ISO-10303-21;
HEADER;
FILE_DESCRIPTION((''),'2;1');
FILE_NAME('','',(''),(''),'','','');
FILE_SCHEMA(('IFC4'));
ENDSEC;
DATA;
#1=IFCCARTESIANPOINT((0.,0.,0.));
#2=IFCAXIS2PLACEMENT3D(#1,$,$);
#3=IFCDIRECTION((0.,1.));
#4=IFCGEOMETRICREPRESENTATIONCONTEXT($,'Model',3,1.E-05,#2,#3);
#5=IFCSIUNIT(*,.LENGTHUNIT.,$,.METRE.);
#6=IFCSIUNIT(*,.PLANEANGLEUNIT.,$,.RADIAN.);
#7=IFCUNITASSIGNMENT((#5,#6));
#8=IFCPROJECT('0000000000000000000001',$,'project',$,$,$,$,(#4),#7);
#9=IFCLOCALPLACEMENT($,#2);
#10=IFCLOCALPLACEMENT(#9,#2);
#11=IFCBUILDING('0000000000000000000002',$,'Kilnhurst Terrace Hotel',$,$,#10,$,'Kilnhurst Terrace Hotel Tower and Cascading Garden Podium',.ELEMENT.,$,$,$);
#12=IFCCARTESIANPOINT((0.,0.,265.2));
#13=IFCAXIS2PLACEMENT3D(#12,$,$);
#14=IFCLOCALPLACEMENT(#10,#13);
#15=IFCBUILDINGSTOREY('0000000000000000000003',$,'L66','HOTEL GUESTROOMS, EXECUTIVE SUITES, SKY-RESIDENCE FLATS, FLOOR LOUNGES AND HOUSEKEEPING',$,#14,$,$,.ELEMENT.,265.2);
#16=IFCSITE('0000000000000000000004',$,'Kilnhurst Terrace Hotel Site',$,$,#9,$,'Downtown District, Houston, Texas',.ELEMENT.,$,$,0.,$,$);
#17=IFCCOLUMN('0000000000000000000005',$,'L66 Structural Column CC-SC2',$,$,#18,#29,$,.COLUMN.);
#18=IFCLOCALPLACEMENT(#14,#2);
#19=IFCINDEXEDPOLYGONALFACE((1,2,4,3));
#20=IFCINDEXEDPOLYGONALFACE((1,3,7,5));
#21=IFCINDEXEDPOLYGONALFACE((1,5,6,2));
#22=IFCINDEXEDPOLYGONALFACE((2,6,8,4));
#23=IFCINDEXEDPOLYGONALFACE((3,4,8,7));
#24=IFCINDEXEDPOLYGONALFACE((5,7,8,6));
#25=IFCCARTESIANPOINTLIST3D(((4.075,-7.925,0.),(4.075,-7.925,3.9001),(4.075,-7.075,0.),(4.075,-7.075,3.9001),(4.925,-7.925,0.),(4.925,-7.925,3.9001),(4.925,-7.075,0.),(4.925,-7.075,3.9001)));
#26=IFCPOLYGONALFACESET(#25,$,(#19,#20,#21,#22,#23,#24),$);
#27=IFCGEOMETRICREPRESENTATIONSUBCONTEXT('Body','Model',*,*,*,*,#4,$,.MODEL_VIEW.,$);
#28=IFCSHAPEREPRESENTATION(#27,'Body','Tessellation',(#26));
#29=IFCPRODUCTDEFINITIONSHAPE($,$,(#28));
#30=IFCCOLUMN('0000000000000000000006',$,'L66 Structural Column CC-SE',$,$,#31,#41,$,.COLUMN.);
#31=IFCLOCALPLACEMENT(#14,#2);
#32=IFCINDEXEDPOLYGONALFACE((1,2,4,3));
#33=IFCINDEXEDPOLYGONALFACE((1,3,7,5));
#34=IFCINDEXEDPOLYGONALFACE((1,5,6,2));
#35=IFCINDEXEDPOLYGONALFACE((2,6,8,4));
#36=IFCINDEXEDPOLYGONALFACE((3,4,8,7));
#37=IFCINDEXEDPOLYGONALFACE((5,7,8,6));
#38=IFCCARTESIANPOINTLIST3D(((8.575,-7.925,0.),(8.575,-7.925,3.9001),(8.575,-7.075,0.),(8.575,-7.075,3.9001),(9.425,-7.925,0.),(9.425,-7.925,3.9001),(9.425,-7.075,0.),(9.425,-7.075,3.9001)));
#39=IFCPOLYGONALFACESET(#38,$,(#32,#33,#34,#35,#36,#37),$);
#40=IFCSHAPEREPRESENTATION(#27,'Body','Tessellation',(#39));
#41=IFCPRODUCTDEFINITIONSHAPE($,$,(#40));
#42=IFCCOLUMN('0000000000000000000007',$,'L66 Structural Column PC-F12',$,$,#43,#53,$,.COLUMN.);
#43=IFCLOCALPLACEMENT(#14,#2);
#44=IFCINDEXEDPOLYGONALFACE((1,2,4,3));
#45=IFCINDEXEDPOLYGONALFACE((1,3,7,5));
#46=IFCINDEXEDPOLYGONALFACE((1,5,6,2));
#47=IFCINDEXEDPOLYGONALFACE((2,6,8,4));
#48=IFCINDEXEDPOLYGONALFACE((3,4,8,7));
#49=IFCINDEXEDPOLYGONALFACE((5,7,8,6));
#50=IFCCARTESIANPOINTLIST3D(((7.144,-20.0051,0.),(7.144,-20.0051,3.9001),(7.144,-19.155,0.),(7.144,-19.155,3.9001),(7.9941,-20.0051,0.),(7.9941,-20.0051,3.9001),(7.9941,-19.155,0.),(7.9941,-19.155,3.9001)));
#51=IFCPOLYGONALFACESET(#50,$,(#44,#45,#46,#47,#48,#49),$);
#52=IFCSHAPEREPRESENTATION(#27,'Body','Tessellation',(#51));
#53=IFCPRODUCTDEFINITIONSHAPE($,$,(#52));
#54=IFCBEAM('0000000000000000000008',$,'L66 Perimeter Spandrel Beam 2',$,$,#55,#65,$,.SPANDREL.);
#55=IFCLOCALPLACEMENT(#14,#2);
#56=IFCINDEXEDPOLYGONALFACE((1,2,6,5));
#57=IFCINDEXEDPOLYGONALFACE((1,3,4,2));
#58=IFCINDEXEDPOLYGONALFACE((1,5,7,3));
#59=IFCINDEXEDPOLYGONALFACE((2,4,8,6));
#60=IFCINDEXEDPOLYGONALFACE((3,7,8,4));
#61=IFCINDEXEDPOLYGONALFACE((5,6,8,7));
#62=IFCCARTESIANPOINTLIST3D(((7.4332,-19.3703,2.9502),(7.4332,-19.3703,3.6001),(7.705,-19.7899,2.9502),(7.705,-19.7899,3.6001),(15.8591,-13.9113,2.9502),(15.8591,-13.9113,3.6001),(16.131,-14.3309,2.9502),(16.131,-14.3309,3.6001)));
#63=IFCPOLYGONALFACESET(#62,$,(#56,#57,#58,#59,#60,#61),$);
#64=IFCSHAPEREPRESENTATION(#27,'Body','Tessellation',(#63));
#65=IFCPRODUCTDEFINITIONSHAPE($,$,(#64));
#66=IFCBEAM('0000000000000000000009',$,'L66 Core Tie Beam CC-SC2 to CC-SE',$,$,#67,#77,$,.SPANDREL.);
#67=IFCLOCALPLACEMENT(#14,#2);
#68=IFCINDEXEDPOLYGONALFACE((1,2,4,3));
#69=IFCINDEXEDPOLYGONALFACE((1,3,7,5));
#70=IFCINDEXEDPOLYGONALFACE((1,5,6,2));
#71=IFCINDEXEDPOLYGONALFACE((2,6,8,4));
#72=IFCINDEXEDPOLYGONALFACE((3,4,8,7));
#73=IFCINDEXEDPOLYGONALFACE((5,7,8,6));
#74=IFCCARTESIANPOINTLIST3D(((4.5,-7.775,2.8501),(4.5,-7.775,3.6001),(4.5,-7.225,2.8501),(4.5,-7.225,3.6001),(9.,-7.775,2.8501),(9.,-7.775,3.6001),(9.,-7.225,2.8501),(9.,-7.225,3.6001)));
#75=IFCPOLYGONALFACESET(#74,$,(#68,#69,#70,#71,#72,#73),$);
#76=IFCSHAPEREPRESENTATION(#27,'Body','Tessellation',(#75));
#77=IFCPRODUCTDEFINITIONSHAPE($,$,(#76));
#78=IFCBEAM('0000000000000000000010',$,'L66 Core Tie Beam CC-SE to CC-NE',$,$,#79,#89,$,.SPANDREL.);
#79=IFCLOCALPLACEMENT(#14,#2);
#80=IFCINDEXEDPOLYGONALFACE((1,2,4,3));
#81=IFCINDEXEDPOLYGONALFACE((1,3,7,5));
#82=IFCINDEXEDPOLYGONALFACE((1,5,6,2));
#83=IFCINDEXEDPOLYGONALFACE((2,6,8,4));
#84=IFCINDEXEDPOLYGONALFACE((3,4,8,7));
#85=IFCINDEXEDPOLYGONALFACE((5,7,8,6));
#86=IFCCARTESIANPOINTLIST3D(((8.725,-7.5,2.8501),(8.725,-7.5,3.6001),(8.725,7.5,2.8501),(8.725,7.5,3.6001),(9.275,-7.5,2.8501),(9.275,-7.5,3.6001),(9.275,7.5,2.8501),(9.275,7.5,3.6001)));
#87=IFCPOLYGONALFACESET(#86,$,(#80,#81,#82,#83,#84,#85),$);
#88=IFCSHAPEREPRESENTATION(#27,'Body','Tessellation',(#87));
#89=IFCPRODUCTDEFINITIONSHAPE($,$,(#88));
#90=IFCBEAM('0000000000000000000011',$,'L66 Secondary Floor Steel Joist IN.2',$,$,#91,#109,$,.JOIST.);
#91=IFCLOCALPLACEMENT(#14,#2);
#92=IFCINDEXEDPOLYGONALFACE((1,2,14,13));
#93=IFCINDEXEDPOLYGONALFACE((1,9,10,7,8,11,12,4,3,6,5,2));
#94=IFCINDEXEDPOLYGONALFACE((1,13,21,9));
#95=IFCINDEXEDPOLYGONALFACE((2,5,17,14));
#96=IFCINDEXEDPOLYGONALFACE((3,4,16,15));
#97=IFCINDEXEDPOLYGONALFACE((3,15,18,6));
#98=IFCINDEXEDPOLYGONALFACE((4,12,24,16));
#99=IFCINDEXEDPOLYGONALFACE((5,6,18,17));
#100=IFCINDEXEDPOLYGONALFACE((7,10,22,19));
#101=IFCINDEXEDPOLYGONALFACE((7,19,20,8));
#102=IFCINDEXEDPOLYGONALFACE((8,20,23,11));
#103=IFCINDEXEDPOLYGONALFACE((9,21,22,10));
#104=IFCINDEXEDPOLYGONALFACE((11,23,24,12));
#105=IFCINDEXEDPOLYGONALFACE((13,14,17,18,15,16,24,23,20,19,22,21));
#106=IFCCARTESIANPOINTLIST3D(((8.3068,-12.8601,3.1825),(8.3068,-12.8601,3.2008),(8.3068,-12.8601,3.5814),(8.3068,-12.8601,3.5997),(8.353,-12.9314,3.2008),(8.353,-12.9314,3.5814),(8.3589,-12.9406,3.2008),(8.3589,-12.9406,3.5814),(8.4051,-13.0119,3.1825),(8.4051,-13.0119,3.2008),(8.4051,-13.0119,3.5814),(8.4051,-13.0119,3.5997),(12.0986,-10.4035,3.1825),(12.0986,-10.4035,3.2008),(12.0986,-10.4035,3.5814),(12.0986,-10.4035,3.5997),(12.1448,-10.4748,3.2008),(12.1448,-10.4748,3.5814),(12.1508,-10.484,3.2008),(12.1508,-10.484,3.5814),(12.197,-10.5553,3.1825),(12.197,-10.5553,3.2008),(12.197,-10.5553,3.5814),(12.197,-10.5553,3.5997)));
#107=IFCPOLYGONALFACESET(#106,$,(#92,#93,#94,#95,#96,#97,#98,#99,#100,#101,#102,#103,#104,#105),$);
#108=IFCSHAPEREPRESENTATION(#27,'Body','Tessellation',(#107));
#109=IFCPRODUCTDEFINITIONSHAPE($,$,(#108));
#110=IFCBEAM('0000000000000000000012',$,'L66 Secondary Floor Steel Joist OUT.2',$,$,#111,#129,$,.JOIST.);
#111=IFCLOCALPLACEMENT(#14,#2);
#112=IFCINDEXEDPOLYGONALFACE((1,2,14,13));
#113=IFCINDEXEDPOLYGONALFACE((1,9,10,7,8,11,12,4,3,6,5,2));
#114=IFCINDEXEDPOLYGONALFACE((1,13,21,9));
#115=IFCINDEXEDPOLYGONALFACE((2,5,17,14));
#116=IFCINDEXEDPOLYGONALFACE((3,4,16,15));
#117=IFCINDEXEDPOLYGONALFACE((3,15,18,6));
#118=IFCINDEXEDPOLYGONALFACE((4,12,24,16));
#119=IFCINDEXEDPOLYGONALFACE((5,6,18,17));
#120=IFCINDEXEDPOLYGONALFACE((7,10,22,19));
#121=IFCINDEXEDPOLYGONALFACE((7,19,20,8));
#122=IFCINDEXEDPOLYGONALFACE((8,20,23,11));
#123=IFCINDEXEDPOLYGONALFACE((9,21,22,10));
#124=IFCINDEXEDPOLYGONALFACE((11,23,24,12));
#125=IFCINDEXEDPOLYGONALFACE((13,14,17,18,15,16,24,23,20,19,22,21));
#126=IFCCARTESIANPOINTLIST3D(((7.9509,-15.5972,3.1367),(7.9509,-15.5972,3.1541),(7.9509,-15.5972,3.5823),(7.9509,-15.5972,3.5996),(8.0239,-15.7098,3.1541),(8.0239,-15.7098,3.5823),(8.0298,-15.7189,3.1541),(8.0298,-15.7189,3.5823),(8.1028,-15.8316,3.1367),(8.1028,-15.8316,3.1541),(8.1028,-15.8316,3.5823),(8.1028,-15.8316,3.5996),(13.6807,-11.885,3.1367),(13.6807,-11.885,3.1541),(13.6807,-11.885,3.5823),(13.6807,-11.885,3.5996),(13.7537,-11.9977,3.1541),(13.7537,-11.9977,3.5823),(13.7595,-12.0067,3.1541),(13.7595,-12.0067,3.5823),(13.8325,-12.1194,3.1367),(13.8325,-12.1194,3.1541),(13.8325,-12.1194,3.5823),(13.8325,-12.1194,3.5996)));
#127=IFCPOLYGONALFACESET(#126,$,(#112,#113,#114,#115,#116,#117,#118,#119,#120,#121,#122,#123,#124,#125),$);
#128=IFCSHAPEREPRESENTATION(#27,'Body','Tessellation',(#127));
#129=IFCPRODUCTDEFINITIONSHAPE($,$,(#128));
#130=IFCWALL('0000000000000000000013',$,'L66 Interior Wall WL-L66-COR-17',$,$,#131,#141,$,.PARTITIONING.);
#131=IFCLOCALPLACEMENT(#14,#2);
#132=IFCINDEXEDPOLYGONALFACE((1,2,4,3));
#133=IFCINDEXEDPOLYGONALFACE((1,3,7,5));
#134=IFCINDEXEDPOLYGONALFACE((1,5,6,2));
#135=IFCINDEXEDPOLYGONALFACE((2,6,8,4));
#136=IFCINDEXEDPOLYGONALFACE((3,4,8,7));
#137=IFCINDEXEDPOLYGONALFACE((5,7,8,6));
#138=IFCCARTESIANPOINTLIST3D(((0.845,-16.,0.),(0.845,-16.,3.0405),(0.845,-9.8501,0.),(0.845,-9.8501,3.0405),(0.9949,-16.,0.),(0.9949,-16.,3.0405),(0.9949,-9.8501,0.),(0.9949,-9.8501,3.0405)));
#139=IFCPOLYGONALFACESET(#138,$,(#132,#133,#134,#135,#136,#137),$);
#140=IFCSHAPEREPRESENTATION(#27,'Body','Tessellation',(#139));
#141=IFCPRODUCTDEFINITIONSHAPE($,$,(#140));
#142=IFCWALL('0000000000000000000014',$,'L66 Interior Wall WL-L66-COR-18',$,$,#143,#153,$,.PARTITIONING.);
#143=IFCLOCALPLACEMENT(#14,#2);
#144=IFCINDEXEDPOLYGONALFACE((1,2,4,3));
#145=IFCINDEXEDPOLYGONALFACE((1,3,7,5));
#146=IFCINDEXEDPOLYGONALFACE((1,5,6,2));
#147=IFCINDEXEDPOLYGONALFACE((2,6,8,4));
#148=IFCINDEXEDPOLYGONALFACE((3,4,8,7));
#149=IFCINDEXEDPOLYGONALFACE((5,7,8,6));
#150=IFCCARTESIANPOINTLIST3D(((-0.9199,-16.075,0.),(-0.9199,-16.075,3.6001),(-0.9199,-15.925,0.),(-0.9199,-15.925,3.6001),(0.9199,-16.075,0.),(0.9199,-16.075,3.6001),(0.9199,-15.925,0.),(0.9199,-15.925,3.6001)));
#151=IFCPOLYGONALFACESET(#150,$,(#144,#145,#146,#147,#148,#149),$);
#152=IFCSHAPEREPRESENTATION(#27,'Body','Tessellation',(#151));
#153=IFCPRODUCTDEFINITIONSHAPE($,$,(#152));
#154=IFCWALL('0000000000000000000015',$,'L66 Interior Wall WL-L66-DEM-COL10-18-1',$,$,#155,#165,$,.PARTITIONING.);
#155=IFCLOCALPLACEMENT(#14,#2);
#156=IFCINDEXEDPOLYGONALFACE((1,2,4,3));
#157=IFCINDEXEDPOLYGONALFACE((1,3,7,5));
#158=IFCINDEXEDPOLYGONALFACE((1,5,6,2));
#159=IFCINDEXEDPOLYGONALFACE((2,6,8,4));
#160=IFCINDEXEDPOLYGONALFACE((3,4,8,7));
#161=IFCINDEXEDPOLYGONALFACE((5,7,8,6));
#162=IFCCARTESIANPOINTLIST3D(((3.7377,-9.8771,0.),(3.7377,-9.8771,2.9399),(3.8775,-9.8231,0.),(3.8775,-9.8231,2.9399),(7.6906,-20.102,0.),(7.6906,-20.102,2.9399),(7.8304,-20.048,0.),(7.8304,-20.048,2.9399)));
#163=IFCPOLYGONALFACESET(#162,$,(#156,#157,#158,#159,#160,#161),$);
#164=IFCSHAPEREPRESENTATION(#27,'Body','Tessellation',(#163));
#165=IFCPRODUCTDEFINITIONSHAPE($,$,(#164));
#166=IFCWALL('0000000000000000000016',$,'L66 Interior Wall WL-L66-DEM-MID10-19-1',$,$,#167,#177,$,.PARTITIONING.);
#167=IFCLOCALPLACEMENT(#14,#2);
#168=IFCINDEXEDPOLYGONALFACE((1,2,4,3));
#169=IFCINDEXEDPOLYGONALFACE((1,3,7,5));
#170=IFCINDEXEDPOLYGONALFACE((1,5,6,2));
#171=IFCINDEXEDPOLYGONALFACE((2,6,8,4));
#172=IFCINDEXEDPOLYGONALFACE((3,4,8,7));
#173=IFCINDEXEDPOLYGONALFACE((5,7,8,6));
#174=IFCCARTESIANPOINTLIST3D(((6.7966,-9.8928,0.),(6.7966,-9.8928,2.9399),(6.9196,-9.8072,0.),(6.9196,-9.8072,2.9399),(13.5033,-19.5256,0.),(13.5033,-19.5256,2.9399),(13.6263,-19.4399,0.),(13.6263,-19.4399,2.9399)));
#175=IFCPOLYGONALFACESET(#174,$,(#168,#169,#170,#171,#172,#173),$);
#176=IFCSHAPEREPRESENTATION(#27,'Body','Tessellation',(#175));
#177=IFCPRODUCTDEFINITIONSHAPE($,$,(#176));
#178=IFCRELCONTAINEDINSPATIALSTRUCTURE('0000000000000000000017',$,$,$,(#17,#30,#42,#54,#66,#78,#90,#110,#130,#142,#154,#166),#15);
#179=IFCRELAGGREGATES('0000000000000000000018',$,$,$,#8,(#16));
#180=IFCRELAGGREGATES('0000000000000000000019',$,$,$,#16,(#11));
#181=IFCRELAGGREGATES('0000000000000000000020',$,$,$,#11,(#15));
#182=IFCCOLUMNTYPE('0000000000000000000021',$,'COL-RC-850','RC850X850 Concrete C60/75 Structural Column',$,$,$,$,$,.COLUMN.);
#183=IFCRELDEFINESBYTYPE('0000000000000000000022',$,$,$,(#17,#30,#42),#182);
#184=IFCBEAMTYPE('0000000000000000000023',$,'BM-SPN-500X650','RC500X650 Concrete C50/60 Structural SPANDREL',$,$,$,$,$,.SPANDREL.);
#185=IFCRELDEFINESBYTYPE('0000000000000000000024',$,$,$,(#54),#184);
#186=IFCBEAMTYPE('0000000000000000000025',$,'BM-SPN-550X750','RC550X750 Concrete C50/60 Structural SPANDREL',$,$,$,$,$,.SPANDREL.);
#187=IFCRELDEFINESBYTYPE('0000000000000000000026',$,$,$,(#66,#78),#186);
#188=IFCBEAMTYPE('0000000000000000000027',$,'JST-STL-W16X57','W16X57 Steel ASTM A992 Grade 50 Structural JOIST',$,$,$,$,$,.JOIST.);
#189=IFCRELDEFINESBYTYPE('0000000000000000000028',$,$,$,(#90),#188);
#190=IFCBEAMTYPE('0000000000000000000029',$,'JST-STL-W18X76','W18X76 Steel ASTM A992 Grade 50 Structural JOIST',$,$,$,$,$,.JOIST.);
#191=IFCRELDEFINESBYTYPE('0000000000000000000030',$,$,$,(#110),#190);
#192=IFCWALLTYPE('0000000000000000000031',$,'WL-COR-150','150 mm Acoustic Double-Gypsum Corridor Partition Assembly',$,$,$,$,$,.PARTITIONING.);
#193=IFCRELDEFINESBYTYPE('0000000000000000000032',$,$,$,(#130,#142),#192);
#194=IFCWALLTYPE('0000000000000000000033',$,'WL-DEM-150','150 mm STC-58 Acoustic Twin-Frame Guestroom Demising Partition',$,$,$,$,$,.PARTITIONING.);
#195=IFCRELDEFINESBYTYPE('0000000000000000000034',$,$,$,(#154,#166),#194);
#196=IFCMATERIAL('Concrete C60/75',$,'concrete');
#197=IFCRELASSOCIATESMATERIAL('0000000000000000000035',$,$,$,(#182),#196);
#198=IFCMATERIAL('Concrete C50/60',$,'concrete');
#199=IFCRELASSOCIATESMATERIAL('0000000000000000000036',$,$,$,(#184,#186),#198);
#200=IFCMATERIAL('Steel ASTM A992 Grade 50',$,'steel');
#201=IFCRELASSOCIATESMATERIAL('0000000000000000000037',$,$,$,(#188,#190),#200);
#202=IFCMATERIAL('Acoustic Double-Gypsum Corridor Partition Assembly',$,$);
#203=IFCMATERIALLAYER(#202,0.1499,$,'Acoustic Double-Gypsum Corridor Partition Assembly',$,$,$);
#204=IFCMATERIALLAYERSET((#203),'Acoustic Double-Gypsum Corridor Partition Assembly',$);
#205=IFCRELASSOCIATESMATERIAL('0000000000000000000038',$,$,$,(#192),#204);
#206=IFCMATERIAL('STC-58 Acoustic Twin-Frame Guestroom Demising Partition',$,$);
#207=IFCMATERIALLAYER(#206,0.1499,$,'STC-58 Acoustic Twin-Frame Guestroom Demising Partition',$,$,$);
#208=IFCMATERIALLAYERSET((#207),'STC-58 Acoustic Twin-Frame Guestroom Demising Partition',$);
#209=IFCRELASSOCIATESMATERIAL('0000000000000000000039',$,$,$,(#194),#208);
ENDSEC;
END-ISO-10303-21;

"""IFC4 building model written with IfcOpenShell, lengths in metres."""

from ifc_helpers import new_model, si_unit, direction, frame, frame_2d, origin, origin_2d, place, context, subcontext, project, spatial, rectangle, i_section, extrude, material, layer, layer_set, material_profile, profile_set, type_object, element, save


model = new_model("IFC4")

# Units and contexts
model_context = context("Model", 3, precision=1e-05, world=origin(), true_north=direction((0.0, 1.0)))
body_context = subcontext(model_context, "Body", "Model", "MODEL_VIEW")
ifc_project = project(units=[si_unit("LENGTHUNIT", "METRE"), si_unit("PLANEANGLEUNIT", "RADIAN")], contexts=[model_context])

# Site, building, storey
site_placement = place(None, origin())
site = spatial("IfcSite", under=ifc_project, at=site_placement, Name="Kilnhurst Terrace Hotel Site", LongName="Downtown District, Houston, Texas", CompositionType="ELEMENT", RefElevation=0.0)
building_placement = place(site_placement, origin())
building = spatial("IfcBuilding", under=site, at=building_placement, Name="Kilnhurst Terrace Hotel", LongName="Kilnhurst Terrace Hotel Tower and Cascading Garden Podium", CompositionType="ELEMENT")
storey_placement = place(building_placement, frame((0.0, 0.0, 265.2)))
storey = spatial("IfcBuildingStorey", under=building, at=storey_placement, Name="L66", Description="HOTEL GUESTROOMS, EXECUTIVE SUITES, SKY-RESIDENCE FLATS, FLOOR LOUNGES AND HOUSEKEEPING", CompositionType="ELEMENT", Elevation=265.2)

# Columns
ifc_material_1 = material(Name="Concrete C60/75", Category="concrete")
ifc_material_profile_1 = material_profile(ifc_material_1, rectangle(XDim=0.8501, YDim=0.8501, at=origin_2d()), Name="RC850X850")
ifc_profile_set_1 = profile_set([ifc_material_profile_1], Name="Concrete C60/75")
column_type = type_object("IfcColumnType", Name="COL-RC-850", Description="RC850X850 Concrete C60/75 Structural Column", PredefinedType="COLUMN", material=ifc_profile_set_1)
for number, where, z_axis, x_axis, name in (
    (1, (4.5, -7.5, 0.0), (0.0, 0.0, 1.0), (1.0, 0.0, 0.0), "L66 Structural Column CC-SC2"),
    (2, (9.0, -7.5, 0.0), (0.0, 0.0, 1.0), (1.0, 0.0, 0.0), "L66 Structural Column CC-SE"),
    (3, (7.5691, -19.5801, 0.0), (0.0, 0.0, 1.0), (1.0, 0.0, 0.0), "L66 Structural Column PC-F12"),
):
    element("IfcColumn", number, at=place(storey_placement, frame(where, z_axis=z_axis, x_axis=x_axis)), inside=storey, type_object=column_type, Name=name, PredefinedType="COLUMN", context=body_context, shape_type="SweptSolid", body=[
        extrude(rectangle(XDim=0.8501, YDim=0.8501, at=origin_2d()), origin(), (0.0, 0.0, 1.0), 3.9001),
    ])

# Beams
ifc_material_2 = material(Name="Concrete C50/60", Category="concrete")
ifc_material_profile_2 = material_profile(ifc_material_2, rectangle(XDim=0.5, YDim=0.6499, at=origin_2d()), Name="RC500X650")
ifc_profile_set_2 = profile_set([ifc_material_profile_2], Name="Concrete C50/60")
beam_type_1 = type_object("IfcBeamType", Name="BM-SPN-500X650", Description="RC500X650 Concrete C50/60 Structural SPANDREL", PredefinedType="SPANDREL", material=ifc_profile_set_2)
beam_1_placement = place(storey_placement, frame((7.5691, -19.5801, 3.2751), z_axis=(0.839259, 0.543732, 0.0), x_axis=(-0.543732, 0.839259, 0.0)))
element("IfcBeam", 4, at=beam_1_placement, inside=storey, type_object=beam_type_1, Name="L66 Perimeter Spandrel Beam 2", PredefinedType="SPANDREL", context=body_context, shape_type="SweptSolid", body=[
    extrude(rectangle(XDim=0.5, YDim=0.6499, at=origin_2d()), origin(), (0.0, 0.0, 1.0), 10.0398),
])
ifc_material_profile_3 = material_profile(ifc_material_2, rectangle(XDim=0.55, YDim=0.75, at=origin_2d()), Name="RC550X750")
ifc_profile_set_3 = profile_set([ifc_material_profile_3], Name="Concrete C50/60")
beam_type_2 = type_object("IfcBeamType", Name="BM-SPN-550X750", Description="RC550X750 Concrete C50/60 Structural SPANDREL", PredefinedType="SPANDREL", material=ifc_profile_set_3)
beam_2_placement = place(storey_placement, frame((4.5, -7.5, 3.2251), z_axis=(1.0, 0.0, 0.0), x_axis=(0.0, 1.0, 0.0)))
element("IfcBeam", 5, at=beam_2_placement, inside=storey, type_object=beam_type_2, Name="L66 Core Tie Beam CC-SC2 to CC-SE", PredefinedType="SPANDREL", context=body_context, shape_type="SweptSolid", body=[
    extrude(rectangle(XDim=0.55, YDim=0.75, at=origin_2d()), origin(), (0.0, 0.0, 1.0), 4.5),
])
beam_3_placement = place(storey_placement, frame((9.0, -7.5, 3.2251), z_axis=(0.0, 1.0, 0.0), x_axis=(-1.0, 0.0, 0.0)))
element("IfcBeam", 6, at=beam_3_placement, inside=storey, type_object=beam_type_2, Name="L66 Core Tie Beam CC-SE to CC-NE", PredefinedType="SPANDREL", context=body_context, shape_type="SweptSolid", body=[
    extrude(rectangle(XDim=0.55, YDim=0.75, at=origin_2d()), origin(), (0.0, 0.0, 1.0), 15.0),
])
ifc_material_3 = material(Name="Steel ASTM A992 Grade 50", Category="steel")
ifc_material_profile_4 = material_profile(ifc_material_3, i_section(OverallWidth=0.1809, OverallDepth=0.4172, WebThickness=0.011, FlangeThickness=0.0183, at=origin_2d()), Name="W16X57")
ifc_profile_set_4 = profile_set([ifc_material_profile_4], Name="Steel ASTM A992 Grade 50")
beam_type_3 = type_object("IfcBeamType", Name="JST-STL-W16X57", Description="W16X57 Steel ASTM A992 Grade 50 Structural JOIST", PredefinedType="JOIST", material=ifc_profile_set_4)
beam_4_placement = place(storey_placement, frame((8.356, -12.936, 3.3911), z_axis=(0.839261, 0.543728, 0.0), x_axis=(-0.543728, 0.839261, 0.0)))
element("IfcBeam", 7, at=beam_4_placement, inside=storey, type_object=beam_type_3, Name="L66 Secondary Floor Steel Joist IN.2", PredefinedType="JOIST", context=body_context, shape_type="SweptSolid", body=[
    extrude(i_section(OverallWidth=0.1809, OverallDepth=0.4172, WebThickness=0.011, FlangeThickness=0.0183, at=origin_2d()), origin(), (0.0, 0.0, 1.0), 4.5181),
])
ifc_material_profile_5 = material_profile(ifc_material_3, i_section(OverallWidth=0.2793, OverallDepth=0.4629, WebThickness=0.0107, FlangeThickness=0.0173, at=origin_2d()), Name="W18X76")
ifc_profile_set_5 = profile_set([ifc_material_profile_5], Name="Steel ASTM A992 Grade 50")
beam_type_4 = type_object("IfcBeamType", Name="JST-STL-W18X76", Description="W18X76 Steel ASTM A992 Grade 50 Structural JOIST", PredefinedType="JOIST", material=ifc_profile_set_5)
beam_5_placement = place(storey_placement, frame((8.0269, -15.7144, 3.3682), z_axis=(0.839257, 0.543735, 0.0), x_axis=(-0.543735, 0.839257, 0.0)))
element("IfcBeam", 8, at=beam_5_placement, inside=storey, type_object=beam_type_4, Name="L66 Secondary Floor Steel Joist OUT.2", PredefinedType="JOIST", context=body_context, shape_type="SweptSolid", body=[
    extrude(i_section(OverallWidth=0.2793, OverallDepth=0.4629, WebThickness=0.0107, FlangeThickness=0.0173, at=origin_2d()), origin(), (0.0, 0.0, 1.0), 6.8271),
])

# Walls
ifc_material_4 = material(Name="Acoustic Double-Gypsum Corridor Partition Assembly")
ifc_layer_1 = layer(ifc_material_4, 0.1499, Name="Acoustic Double-Gypsum Corridor Partition Assembly")
ifc_layer_set_1 = layer_set([ifc_layer_1], Name="Acoustic Double-Gypsum Corridor Partition Assembly")
wall_type_1 = type_object("IfcWallType", Name="WL-COR-150", Description="150 mm Acoustic Double-Gypsum Corridor Partition Assembly", PredefinedType="PARTITIONING", material=ifc_layer_set_1)
wall_1_placement = place(storey_placement, frame((0.9199, -9.8501, 0.0), z_axis=(0.0, 0.0, 1.0), x_axis=(0.0, -1.0, 0.0)))
element("IfcWall", 9, at=wall_1_placement, inside=storey, type_object=wall_type_1, Name="L66 Interior Wall WL-L66-COR-17", PredefinedType="PARTITIONING", context=body_context, shape_type="SweptSolid", body=[
    extrude(rectangle(XDim=6.1499, YDim=0.1499, at=frame_2d((3.075, 0.0))), origin(), (0.0, 0.0, 1.0), 3.0405),
])
wall_2_placement = place(storey_placement, frame((0.9199, -16.0, 0.0), z_axis=(0.0, 0.0, 1.0), x_axis=(-1.0, 0.0, 0.0)))
element("IfcWall", 10, at=wall_2_placement, inside=storey, type_object=wall_type_1, Name="L66 Interior Wall WL-L66-COR-18", PredefinedType="PARTITIONING", context=body_context, shape_type="SweptSolid", body=[
    extrude(rectangle(XDim=1.8398, YDim=0.1499, at=frame_2d((0.9199, 0.0))), origin(), (0.0, 0.0, 1.0), 3.6001),
])
ifc_material_5 = material(Name="STC-58 Acoustic Twin-Frame Guestroom Demising Partition")
ifc_layer_2 = layer(ifc_material_5, 0.1499, Name="STC-58 Acoustic Twin-Frame Guestroom Demising Partition")
ifc_layer_set_2 = layer_set([ifc_layer_2], Name="STC-58 Acoustic Twin-Frame Guestroom Demising Partition")
wall_type_2 = type_object("IfcWallType", Name="WL-DEM-150", Description="150 mm STC-58 Acoustic Twin-Frame Guestroom Demising Partition", PredefinedType="PARTITIONING", material=ifc_layer_set_2)
wall_3_placement = place(storey_placement, frame((3.8076, -9.8501, 0.0), z_axis=(0.0, 0.0, 1.0), x_axis=(0.360587, -0.932725, 0.0)))
element("IfcWall", 11, at=wall_3_placement, inside=storey, type_object=wall_type_2, Name="L66 Interior Wall WL-L66-DEM-COL10-18-1", PredefinedType="PARTITIONING", context=body_context, shape_type="SweptSolid", body=[
    extrude(rectangle(XDim=10.9624, YDim=0.1499, at=frame_2d((5.4812, 0.0))), origin(), (0.0, 0.0, 1.0), 2.9399),
])
wall_4_placement = place(storey_placement, frame((6.8582, -9.8501, 0.0), z_axis=(0.0, 0.0, 1.0), x_axis=(0.571392, -0.820677, 0.0)))
element("IfcWall", 12, at=wall_4_placement, inside=storey, type_object=wall_type_2, Name="L66 Interior Wall WL-L66-DEM-MID10-19-1", PredefinedType="PARTITIONING", context=body_context, shape_type="SweptSolid", body=[
    extrude(rectangle(XDim=11.7375, YDim=0.1499, at=frame_2d((5.8687, 0.0))), origin(), (0.0, 0.0, 1.0), 2.9399),
])

save(model, "model.ifc")
